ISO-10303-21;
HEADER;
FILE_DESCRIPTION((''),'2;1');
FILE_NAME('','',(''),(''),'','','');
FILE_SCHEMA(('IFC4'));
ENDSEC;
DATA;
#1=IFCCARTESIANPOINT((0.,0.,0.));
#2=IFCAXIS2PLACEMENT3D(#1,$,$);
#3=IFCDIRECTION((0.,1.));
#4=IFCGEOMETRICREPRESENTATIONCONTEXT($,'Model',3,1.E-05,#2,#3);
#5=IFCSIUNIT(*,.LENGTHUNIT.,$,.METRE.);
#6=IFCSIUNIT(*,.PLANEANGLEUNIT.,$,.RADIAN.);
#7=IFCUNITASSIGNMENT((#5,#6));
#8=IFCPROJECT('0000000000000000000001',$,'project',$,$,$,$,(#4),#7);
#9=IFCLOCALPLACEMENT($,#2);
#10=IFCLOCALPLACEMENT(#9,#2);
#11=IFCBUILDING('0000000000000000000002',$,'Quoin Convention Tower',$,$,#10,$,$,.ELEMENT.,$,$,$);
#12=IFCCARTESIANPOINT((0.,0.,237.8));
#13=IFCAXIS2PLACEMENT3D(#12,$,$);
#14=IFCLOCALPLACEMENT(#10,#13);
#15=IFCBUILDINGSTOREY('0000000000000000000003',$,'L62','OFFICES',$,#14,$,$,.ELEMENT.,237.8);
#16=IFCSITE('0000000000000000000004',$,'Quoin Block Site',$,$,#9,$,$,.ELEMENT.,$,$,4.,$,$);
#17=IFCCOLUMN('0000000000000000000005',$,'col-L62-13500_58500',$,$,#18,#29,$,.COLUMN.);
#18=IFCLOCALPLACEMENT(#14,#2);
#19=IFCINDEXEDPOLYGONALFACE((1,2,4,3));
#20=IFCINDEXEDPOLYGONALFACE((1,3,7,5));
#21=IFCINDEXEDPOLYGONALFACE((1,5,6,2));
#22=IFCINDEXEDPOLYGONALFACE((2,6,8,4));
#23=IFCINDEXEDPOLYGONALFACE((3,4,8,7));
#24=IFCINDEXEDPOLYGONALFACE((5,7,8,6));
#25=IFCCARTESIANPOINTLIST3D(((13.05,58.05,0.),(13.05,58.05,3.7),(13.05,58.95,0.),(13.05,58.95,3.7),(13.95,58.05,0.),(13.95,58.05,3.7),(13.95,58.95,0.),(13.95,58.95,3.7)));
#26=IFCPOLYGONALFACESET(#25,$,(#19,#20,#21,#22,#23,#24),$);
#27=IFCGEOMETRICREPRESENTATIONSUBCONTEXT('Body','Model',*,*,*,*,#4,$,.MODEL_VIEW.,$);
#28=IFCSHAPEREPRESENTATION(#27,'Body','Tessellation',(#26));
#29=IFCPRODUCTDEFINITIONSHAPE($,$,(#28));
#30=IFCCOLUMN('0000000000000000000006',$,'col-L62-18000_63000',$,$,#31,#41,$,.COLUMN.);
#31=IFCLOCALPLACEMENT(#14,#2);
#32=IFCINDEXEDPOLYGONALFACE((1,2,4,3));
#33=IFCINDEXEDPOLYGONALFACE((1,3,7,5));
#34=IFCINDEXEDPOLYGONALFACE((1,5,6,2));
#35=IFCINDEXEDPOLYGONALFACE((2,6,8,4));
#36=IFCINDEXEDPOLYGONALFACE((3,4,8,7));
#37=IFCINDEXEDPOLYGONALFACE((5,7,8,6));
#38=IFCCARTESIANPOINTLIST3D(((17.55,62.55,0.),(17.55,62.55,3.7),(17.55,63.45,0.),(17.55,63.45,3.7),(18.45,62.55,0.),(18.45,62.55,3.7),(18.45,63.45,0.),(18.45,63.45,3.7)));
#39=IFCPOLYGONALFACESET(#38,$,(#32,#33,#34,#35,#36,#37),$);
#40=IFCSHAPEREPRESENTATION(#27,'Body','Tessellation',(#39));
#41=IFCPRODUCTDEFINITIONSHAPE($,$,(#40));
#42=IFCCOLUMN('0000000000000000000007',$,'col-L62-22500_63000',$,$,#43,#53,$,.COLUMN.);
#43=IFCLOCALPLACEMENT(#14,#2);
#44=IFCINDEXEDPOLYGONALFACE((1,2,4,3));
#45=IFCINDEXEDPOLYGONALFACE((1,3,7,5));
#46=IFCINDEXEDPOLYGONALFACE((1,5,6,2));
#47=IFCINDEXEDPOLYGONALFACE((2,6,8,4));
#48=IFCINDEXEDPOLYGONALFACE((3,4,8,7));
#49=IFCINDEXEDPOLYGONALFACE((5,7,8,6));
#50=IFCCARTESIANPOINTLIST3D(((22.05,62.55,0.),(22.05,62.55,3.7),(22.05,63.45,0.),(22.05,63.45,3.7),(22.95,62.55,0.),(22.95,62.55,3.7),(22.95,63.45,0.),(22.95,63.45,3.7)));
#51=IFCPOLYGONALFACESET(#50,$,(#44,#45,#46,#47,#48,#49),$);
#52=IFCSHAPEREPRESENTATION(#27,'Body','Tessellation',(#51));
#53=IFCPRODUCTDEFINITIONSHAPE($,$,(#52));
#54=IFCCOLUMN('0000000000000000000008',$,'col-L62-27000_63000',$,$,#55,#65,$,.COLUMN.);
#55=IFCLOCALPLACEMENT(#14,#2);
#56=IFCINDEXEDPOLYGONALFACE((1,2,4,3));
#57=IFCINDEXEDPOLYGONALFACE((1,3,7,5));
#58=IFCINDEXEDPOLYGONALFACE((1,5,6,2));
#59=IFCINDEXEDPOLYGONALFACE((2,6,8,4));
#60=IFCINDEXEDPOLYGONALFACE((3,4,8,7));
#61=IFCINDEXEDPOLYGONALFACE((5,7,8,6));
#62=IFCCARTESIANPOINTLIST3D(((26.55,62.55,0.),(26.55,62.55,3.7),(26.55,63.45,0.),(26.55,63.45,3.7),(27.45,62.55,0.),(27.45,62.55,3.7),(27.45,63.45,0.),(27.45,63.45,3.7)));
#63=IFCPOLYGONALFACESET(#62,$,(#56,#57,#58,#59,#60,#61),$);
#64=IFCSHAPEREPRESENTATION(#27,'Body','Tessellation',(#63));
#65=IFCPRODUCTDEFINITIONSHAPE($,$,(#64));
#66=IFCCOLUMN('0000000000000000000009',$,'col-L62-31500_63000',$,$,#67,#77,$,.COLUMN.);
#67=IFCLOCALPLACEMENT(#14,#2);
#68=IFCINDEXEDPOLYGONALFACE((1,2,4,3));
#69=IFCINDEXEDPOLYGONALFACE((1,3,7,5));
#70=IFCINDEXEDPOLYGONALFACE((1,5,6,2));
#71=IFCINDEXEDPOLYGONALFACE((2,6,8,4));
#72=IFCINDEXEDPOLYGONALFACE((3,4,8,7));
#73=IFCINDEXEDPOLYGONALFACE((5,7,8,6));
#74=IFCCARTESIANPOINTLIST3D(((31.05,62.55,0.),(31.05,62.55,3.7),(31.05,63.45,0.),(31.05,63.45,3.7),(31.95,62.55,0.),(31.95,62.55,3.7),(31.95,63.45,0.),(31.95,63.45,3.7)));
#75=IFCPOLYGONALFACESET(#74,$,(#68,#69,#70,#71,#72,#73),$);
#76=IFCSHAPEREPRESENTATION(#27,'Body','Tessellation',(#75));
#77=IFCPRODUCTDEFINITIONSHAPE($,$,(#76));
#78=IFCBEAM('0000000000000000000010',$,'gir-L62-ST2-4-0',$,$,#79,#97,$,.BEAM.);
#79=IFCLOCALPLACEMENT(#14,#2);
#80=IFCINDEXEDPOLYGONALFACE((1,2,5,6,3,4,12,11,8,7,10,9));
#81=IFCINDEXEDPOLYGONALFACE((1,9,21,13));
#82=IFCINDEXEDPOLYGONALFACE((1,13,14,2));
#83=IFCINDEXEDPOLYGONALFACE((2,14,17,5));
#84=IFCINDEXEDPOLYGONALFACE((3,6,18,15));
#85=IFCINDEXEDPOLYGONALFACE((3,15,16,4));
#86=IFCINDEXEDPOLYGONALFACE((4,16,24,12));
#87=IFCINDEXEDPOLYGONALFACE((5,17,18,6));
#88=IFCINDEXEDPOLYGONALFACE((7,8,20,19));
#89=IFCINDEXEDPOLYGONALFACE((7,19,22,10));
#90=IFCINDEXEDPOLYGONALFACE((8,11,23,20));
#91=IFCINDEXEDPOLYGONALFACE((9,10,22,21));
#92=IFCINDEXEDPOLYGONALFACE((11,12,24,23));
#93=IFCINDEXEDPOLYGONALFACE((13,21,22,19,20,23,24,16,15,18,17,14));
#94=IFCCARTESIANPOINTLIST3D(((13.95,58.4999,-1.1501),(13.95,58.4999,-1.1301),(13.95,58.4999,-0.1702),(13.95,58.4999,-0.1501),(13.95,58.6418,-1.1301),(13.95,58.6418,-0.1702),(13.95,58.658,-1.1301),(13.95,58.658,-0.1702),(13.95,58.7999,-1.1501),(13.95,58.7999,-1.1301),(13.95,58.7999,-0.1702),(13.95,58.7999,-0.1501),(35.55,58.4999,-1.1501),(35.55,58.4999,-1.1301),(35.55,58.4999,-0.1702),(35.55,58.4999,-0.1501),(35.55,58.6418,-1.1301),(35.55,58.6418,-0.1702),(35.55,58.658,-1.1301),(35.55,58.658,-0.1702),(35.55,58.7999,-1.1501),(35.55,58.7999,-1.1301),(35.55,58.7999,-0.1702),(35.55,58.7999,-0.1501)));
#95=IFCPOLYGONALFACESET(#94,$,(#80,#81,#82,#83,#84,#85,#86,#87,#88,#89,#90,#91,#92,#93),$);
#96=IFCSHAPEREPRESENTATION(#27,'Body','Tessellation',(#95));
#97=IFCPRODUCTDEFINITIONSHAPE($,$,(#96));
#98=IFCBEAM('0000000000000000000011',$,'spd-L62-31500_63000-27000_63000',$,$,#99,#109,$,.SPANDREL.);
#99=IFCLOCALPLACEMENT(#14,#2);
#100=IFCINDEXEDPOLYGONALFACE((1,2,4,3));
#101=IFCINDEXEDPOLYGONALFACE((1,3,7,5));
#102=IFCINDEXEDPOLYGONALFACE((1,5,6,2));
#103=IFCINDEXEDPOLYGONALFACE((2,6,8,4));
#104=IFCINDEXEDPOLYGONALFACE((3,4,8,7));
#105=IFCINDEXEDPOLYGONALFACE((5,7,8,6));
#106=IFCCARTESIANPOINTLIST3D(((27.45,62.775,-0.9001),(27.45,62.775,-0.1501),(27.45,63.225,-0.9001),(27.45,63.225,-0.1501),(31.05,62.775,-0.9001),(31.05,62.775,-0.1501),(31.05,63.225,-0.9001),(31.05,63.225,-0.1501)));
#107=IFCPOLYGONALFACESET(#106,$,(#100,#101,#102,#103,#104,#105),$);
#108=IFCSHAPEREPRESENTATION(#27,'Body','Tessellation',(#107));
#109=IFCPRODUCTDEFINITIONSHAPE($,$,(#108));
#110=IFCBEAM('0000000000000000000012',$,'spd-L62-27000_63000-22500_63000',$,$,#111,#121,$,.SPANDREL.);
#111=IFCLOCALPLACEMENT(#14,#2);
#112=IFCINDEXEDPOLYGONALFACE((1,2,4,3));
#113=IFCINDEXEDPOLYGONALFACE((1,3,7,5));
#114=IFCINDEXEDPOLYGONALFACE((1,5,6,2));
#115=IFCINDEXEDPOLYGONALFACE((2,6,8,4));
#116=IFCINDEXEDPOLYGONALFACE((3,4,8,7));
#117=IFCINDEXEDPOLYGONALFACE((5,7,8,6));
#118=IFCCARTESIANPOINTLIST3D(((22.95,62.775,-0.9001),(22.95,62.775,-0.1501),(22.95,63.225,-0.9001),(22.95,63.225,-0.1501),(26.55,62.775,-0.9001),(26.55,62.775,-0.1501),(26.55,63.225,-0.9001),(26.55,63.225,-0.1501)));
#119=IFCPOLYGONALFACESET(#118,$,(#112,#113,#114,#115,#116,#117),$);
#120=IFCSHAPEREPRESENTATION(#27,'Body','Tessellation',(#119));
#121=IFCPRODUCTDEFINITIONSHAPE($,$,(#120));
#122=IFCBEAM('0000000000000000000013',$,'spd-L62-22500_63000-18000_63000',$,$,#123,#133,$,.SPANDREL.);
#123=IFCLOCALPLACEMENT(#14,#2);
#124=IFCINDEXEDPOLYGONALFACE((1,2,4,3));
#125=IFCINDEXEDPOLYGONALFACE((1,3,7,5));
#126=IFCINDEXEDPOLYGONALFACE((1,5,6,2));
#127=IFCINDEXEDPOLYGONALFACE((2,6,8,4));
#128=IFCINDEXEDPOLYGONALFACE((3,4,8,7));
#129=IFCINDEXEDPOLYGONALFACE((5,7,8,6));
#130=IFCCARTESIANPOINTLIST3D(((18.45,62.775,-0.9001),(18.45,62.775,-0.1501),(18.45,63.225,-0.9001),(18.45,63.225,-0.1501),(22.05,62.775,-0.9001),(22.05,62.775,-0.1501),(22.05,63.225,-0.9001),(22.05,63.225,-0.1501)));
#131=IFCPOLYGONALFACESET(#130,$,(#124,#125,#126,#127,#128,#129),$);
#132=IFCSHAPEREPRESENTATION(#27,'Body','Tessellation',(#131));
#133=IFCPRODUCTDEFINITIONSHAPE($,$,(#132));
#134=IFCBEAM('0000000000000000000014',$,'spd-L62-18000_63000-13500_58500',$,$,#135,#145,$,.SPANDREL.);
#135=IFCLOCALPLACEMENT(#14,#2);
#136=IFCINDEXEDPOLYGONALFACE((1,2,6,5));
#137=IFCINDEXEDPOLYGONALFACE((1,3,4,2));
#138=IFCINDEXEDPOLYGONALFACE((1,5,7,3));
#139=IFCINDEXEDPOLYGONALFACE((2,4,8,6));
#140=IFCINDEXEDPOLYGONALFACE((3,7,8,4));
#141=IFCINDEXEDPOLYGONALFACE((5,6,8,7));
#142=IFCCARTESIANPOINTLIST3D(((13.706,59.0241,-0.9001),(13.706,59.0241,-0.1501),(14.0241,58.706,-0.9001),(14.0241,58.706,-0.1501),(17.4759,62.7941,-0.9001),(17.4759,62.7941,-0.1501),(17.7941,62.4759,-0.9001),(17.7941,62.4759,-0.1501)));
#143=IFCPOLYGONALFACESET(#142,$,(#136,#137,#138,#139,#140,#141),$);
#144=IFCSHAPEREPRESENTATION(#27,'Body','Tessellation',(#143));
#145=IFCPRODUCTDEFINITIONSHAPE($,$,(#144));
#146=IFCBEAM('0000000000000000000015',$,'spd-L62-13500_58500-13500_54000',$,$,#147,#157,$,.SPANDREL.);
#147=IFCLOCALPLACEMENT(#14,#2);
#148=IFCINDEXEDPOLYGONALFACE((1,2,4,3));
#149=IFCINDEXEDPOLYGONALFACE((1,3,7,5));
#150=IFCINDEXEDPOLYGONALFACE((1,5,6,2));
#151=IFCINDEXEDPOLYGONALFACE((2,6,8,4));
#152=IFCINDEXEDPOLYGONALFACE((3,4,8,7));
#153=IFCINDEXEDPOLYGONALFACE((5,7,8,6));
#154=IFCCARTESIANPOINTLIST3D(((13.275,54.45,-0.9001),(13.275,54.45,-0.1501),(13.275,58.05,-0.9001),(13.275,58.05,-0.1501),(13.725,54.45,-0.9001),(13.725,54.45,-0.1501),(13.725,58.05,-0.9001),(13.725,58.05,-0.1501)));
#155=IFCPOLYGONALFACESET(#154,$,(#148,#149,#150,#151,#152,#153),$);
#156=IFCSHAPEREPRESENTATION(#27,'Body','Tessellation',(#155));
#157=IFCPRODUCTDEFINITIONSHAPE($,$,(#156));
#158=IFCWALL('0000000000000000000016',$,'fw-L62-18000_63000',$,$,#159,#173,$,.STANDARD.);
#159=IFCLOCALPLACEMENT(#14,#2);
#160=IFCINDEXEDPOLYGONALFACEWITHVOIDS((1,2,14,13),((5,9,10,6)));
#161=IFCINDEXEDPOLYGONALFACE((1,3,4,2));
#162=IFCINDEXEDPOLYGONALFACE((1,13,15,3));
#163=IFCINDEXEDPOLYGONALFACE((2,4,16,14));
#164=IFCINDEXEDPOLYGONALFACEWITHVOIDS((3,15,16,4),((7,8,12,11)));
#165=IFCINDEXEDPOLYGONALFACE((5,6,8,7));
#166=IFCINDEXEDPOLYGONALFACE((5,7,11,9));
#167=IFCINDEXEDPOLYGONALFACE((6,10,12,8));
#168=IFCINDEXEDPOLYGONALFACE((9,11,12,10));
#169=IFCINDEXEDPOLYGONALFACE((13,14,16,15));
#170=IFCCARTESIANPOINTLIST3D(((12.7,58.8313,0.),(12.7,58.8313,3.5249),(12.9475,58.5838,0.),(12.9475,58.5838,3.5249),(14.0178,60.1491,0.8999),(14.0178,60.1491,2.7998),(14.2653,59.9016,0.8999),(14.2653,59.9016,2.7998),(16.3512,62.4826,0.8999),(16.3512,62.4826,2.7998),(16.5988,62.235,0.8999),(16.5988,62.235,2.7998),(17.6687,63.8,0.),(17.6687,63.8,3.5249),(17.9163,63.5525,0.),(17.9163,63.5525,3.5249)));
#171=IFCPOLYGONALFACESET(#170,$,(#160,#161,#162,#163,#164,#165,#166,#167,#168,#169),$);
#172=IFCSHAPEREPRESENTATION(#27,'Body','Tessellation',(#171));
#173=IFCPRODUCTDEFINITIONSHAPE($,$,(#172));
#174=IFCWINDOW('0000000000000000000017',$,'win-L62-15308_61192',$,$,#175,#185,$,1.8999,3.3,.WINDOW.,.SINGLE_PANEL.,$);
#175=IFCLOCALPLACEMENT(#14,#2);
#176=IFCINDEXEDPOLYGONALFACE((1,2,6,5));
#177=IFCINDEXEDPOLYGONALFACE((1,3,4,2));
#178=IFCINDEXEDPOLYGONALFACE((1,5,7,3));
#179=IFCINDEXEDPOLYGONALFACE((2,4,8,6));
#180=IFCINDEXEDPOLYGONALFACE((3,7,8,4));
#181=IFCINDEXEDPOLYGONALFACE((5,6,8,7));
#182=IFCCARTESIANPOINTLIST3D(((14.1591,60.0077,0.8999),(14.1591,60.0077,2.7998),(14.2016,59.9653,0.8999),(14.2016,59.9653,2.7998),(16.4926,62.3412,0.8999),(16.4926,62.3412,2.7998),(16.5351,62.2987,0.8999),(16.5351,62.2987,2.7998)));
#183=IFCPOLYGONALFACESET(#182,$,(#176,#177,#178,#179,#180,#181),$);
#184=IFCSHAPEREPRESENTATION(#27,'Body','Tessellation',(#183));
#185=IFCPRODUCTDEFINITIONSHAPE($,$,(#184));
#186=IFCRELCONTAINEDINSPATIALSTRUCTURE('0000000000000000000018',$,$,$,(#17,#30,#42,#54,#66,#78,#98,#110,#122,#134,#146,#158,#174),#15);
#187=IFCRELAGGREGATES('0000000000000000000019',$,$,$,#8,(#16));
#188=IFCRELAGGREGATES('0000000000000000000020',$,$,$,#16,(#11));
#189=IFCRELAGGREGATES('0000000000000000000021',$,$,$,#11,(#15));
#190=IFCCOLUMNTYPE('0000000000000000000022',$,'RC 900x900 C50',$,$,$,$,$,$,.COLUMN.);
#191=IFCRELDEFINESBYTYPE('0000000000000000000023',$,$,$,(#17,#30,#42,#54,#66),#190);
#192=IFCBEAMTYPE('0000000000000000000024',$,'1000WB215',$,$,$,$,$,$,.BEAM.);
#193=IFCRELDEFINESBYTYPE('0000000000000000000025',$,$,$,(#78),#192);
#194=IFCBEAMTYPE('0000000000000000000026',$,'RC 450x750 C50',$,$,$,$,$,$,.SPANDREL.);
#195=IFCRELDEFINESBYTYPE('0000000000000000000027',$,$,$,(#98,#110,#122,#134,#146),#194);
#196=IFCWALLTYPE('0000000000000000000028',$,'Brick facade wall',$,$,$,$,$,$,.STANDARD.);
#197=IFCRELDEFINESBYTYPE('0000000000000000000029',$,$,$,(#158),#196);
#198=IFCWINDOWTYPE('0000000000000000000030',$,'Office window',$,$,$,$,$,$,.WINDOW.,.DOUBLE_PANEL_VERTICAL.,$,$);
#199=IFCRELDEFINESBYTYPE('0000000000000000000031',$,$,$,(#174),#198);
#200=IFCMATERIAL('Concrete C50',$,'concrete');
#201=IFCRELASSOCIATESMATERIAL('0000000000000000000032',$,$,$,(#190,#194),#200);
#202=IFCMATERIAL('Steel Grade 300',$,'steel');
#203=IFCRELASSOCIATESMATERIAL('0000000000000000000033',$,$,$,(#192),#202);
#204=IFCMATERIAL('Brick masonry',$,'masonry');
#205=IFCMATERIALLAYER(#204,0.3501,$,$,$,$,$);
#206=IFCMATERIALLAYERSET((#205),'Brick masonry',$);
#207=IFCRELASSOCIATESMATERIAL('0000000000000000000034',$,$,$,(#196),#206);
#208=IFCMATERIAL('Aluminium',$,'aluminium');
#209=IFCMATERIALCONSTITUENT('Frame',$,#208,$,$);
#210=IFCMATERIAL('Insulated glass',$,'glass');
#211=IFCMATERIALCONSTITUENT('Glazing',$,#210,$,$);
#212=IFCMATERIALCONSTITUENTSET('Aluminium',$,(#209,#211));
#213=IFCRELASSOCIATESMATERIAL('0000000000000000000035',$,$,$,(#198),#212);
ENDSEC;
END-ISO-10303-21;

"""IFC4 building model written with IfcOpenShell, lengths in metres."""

from ifc_helpers import new_model, si_unit, direction, frame, frame_2d, origin, origin_2d, place, context, subcontext, project, spatial, rectangle, i_section, extrude, material, layer, layer_set, constituent, constituent_set, material_profile, profile_set, type_object, element, fill, save


model = new_model("IFC4")

# Units and contexts
model_context = context("Model", 3, precision=1e-05, world=origin(), true_north=direction((0.0, 1.0)))
body_context = subcontext(model_context, "Body", "Model", "MODEL_VIEW")
ifc_project = project(units=[si_unit("LENGTHUNIT", "METRE"), si_unit("PLANEANGLEUNIT", "RADIAN")], contexts=[model_context])

# Site, building, storey
site_placement = place(None, origin())
site = spatial("IfcSite", under=ifc_project, at=site_placement, Name="Quoin Block Site", CompositionType="ELEMENT", RefElevation=4.0)
building_placement = place(site_placement, origin())
building = spatial("IfcBuilding", under=site, at=building_placement, Name="Quoin Convention Tower", CompositionType="ELEMENT")
storey_placement = place(building_placement, frame((0.0, 0.0, 237.8)))
storey = spatial("IfcBuildingStorey", under=building, at=storey_placement, Name="L62", Description="OFFICES", CompositionType="ELEMENT", Elevation=237.8)

# Columns
ifc_material_1 = material(Name="Concrete C50", Category="concrete")
ifc_material_profile_1 = material_profile(ifc_material_1, rectangle(XDim=0.8999, YDim=0.8999, at=origin_2d()), Name="RC 900x900")
ifc_profile_set_1 = profile_set([ifc_material_profile_1], Name="Concrete C50")
column_type = type_object("IfcColumnType", Name="RC 900x900 C50", PredefinedType="COLUMN", material=ifc_profile_set_1)
for number, where, z_axis, x_axis, name in (
    (1, (13.5, 58.5, 0.0), (0.0, 0.0, 1.0), (1.0, 0.0, 0.0), "col-L62-13500_58500"),
    (2, (18.0, 63.0, 0.0), (0.0, 0.0, 1.0), (1.0, 0.0, 0.0), "col-L62-18000_63000"),
    (3, (22.5, 63.0, 0.0), (0.0, 0.0, 1.0), (1.0, 0.0, 0.0), "col-L62-22500_63000"),
    (4, (27.0, 63.0, 0.0), (0.0, 0.0, 1.0), (1.0, 0.0, 0.0), "col-L62-27000_63000"),
    (5, (31.5, 63.0, 0.0), (0.0, 0.0, 1.0), (1.0, 0.0, 0.0), "col-L62-31500_63000"),
):
    element("IfcColumn", number, at=place(storey_placement, frame(where, z_axis=z_axis, x_axis=x_axis)), inside=storey, type_object=column_type, Name=name, PredefinedType="COLUMN", context=body_context, shape_type="SweptSolid", body=[
        extrude(rectangle(XDim=0.8999, YDim=0.8999, at=origin_2d()), origin(), (0.0, 0.0, 1.0), 3.7),
    ])

# Beams
ifc_material_2 = material(Name="Steel Grade 300", Category="steel")
ifc_material_profile_2 = material_profile(ifc_material_2, i_section(OverallWidth=0.3, OverallDepth=1.0, WebThickness=0.0161, FlangeThickness=0.02, at=origin_2d()), Name="1000WB215")
ifc_profile_set_2 = profile_set([ifc_material_profile_2], Name="Steel Grade 300")
beam_type_1 = type_object("IfcBeamType", Name="1000WB215", PredefinedType="BEAM", material=ifc_profile_set_2)
beam_1_placement = place(storey_placement, frame((13.95, 58.6499, -0.6501), z_axis=(1.0, 0.0, 0.0), x_axis=(0.0, 1.0, 0.0)))
element("IfcBeam", 6, at=beam_1_placement, inside=storey, type_object=beam_type_1, Name="gir-L62-ST2-4-0", PredefinedType="BEAM", context=body_context, shape_type="SweptSolid", body=[
    extrude(i_section(OverallWidth=0.3, OverallDepth=1.0, WebThickness=0.0161, FlangeThickness=0.02, at=origin_2d()), origin(), (0.0, 0.0, 1.0), 21.6001),
])
ifc_material_profile_3 = material_profile(ifc_material_1, rectangle(XDim=0.45, YDim=0.75, at=origin_2d()), Name="RC 450x750")
ifc_profile_set_3 = profile_set([ifc_material_profile_3], Name="Concrete C50")
beam_type_2 = type_object("IfcBeamType", Name="RC 450x750 C50", PredefinedType="SPANDREL", material=ifc_profile_set_3)
for number, where, z_axis, x_axis, name in (
    (7, (31.05, 63.0, -0.5251), (-1.0, 0.0, 0.0), (0.0, -1.0, 0.0), "spd-L62-31500_63000-27000_63000"),
    (8, (26.55, 63.0, -0.5251), (-1.0, 0.0, 0.0), (0.0, -1.0, 0.0), "spd-L62-27000_63000-22500_63000"),
    (9, (22.05, 63.0, -0.5251), (-1.0, 0.0, 0.0), (0.0, -1.0, 0.0), "spd-L62-22500_63000-18000_63000"),
):
    element("IfcBeam", number, at=place(storey_placement, frame(where, z_axis=z_axis, x_axis=x_axis)), inside=storey, type_object=beam_type_2, Name=name, PredefinedType="SPANDREL", context=body_context, shape_type="SweptSolid", body=[
        extrude(rectangle(XDim=0.45, YDim=0.75, at=origin_2d()), origin(), (0.0, 0.0, 1.0), 3.6001),
    ])
beam_2_placement = place(storey_placement, frame((17.635, 62.635, -0.5251), z_axis=(-0.707107, -0.707107, 0.0), x_axis=(0.707107, -0.707107, 0.0)))
element("IfcBeam", 10, at=beam_2_placement, inside=storey, type_object=beam_type_2, Name="spd-L62-18000_63000-13500_58500", PredefinedType="SPANDREL", context=body_context, shape_type="SweptSolid", body=[
    extrude(rectangle(XDim=0.45, YDim=0.75, at=origin_2d()), origin(), (0.0, 0.0, 1.0), 5.3315),
])
beam_3_placement = place(storey_placement, frame((13.5, 58.05, -0.5251), z_axis=(0.0, -1.0, 0.0), x_axis=(1.0, 0.0, 0.0)))
element("IfcBeam", 11, at=beam_3_placement, inside=storey, type_object=beam_type_2, Name="spd-L62-13500_58500-13500_54000", PredefinedType="SPANDREL", context=body_context, shape_type="SweptSolid", body=[
    extrude(rectangle(XDim=0.45, YDim=0.75, at=origin_2d()), origin(), (0.0, 0.0, 1.0), 3.6001),
])

# Wall, opening, window
ifc_material_3 = material(Name="Brick masonry", Category="masonry")
ifc_layer_1 = layer(ifc_material_3, 0.3501)
ifc_layer_set_1 = layer_set([ifc_layer_1], Name="Brick masonry")
wall_type_1 = type_object("IfcWallType", Name="Brick facade wall", PredefinedType="STANDARD", material=ifc_layer_set_1)
wall_1_placement = place(storey_placement, frame((17.7925, 63.6763, 0.0), z_axis=(0.0, 0.0, 1.0), x_axis=(-0.707107, -0.707107, 0.0)))
wall_1 = element("IfcWall", 12, at=wall_1_placement, inside=storey, type_object=wall_type_1, Name="fw-L62-18000_63000", PredefinedType="STANDARD", context=body_context, shape_type="SweptSolid", body=[
    extrude(rectangle(XDim=7.0269, YDim=0.3501, at=frame_2d((3.5134, 0.0))), origin(), (0.0, 0.0, 1.0), 3.5249),
])
opening_1_placement = place(wall_1_placement, frame((1.8633, 0.0, 0.8999)))
opening_1 = element("IfcOpeningElement", 13, at=opening_1_placement, cuts=wall_1, PredefinedType="OPENING", context=body_context, shape_type="SweptSolid", body=[
    extrude(rectangle(XDim=3.3, YDim=1.8999, at=frame_2d((1.6499, 0.95))), frame((0.0, 0.1851, 0.0), z_axis=(0.0, -1.0, 0.0), x_axis=(1.0, 0.0, 0.0)), (0.0, 0.0, 1.0), 0.3701),
])
ifc_material_4 = material(Name="Aluminium", Category="aluminium")
ifc_constituent_1 = constituent(ifc_material_4, Name="Frame")
ifc_material_5 = material(Name="Insulated glass", Category="glass")
ifc_constituent_2 = constituent(ifc_material_5, Name="Glazing")
ifc_constituent_set = constituent_set(constituents=[ifc_constituent_1, ifc_constituent_2], Name="Aluminium")
window_type = type_object("IfcWindowType", Name="Office window", PartitioningType="DOUBLE_PANEL_VERTICAL", PredefinedType="WINDOW", material=ifc_constituent_set)
window_1_placement = place(opening_1_placement, origin())
window_1 = element("IfcWindow", 14, at=window_1_placement, inside=storey, type_object=window_type, Name="win-L62-15308_61192", OverallHeight=1.8999, OverallWidth=3.3, PartitioningType="SINGLE_PANEL", PredefinedType="WINDOW", context=body_context, shape_type="SweptSolid", body=[
    extrude(rectangle(XDim=3.3, YDim=1.8999, at=frame_2d((1.6499, 0.95))), frame((0.0, 0.085, 0.0), z_axis=(0.0, -1.0, 0.0), x_axis=(1.0, 0.0, 0.0)), (0.0, 0.0, 1.0), 0.0601),
])
fill(opening_1, window_1)

save(model, "model.ifc")
